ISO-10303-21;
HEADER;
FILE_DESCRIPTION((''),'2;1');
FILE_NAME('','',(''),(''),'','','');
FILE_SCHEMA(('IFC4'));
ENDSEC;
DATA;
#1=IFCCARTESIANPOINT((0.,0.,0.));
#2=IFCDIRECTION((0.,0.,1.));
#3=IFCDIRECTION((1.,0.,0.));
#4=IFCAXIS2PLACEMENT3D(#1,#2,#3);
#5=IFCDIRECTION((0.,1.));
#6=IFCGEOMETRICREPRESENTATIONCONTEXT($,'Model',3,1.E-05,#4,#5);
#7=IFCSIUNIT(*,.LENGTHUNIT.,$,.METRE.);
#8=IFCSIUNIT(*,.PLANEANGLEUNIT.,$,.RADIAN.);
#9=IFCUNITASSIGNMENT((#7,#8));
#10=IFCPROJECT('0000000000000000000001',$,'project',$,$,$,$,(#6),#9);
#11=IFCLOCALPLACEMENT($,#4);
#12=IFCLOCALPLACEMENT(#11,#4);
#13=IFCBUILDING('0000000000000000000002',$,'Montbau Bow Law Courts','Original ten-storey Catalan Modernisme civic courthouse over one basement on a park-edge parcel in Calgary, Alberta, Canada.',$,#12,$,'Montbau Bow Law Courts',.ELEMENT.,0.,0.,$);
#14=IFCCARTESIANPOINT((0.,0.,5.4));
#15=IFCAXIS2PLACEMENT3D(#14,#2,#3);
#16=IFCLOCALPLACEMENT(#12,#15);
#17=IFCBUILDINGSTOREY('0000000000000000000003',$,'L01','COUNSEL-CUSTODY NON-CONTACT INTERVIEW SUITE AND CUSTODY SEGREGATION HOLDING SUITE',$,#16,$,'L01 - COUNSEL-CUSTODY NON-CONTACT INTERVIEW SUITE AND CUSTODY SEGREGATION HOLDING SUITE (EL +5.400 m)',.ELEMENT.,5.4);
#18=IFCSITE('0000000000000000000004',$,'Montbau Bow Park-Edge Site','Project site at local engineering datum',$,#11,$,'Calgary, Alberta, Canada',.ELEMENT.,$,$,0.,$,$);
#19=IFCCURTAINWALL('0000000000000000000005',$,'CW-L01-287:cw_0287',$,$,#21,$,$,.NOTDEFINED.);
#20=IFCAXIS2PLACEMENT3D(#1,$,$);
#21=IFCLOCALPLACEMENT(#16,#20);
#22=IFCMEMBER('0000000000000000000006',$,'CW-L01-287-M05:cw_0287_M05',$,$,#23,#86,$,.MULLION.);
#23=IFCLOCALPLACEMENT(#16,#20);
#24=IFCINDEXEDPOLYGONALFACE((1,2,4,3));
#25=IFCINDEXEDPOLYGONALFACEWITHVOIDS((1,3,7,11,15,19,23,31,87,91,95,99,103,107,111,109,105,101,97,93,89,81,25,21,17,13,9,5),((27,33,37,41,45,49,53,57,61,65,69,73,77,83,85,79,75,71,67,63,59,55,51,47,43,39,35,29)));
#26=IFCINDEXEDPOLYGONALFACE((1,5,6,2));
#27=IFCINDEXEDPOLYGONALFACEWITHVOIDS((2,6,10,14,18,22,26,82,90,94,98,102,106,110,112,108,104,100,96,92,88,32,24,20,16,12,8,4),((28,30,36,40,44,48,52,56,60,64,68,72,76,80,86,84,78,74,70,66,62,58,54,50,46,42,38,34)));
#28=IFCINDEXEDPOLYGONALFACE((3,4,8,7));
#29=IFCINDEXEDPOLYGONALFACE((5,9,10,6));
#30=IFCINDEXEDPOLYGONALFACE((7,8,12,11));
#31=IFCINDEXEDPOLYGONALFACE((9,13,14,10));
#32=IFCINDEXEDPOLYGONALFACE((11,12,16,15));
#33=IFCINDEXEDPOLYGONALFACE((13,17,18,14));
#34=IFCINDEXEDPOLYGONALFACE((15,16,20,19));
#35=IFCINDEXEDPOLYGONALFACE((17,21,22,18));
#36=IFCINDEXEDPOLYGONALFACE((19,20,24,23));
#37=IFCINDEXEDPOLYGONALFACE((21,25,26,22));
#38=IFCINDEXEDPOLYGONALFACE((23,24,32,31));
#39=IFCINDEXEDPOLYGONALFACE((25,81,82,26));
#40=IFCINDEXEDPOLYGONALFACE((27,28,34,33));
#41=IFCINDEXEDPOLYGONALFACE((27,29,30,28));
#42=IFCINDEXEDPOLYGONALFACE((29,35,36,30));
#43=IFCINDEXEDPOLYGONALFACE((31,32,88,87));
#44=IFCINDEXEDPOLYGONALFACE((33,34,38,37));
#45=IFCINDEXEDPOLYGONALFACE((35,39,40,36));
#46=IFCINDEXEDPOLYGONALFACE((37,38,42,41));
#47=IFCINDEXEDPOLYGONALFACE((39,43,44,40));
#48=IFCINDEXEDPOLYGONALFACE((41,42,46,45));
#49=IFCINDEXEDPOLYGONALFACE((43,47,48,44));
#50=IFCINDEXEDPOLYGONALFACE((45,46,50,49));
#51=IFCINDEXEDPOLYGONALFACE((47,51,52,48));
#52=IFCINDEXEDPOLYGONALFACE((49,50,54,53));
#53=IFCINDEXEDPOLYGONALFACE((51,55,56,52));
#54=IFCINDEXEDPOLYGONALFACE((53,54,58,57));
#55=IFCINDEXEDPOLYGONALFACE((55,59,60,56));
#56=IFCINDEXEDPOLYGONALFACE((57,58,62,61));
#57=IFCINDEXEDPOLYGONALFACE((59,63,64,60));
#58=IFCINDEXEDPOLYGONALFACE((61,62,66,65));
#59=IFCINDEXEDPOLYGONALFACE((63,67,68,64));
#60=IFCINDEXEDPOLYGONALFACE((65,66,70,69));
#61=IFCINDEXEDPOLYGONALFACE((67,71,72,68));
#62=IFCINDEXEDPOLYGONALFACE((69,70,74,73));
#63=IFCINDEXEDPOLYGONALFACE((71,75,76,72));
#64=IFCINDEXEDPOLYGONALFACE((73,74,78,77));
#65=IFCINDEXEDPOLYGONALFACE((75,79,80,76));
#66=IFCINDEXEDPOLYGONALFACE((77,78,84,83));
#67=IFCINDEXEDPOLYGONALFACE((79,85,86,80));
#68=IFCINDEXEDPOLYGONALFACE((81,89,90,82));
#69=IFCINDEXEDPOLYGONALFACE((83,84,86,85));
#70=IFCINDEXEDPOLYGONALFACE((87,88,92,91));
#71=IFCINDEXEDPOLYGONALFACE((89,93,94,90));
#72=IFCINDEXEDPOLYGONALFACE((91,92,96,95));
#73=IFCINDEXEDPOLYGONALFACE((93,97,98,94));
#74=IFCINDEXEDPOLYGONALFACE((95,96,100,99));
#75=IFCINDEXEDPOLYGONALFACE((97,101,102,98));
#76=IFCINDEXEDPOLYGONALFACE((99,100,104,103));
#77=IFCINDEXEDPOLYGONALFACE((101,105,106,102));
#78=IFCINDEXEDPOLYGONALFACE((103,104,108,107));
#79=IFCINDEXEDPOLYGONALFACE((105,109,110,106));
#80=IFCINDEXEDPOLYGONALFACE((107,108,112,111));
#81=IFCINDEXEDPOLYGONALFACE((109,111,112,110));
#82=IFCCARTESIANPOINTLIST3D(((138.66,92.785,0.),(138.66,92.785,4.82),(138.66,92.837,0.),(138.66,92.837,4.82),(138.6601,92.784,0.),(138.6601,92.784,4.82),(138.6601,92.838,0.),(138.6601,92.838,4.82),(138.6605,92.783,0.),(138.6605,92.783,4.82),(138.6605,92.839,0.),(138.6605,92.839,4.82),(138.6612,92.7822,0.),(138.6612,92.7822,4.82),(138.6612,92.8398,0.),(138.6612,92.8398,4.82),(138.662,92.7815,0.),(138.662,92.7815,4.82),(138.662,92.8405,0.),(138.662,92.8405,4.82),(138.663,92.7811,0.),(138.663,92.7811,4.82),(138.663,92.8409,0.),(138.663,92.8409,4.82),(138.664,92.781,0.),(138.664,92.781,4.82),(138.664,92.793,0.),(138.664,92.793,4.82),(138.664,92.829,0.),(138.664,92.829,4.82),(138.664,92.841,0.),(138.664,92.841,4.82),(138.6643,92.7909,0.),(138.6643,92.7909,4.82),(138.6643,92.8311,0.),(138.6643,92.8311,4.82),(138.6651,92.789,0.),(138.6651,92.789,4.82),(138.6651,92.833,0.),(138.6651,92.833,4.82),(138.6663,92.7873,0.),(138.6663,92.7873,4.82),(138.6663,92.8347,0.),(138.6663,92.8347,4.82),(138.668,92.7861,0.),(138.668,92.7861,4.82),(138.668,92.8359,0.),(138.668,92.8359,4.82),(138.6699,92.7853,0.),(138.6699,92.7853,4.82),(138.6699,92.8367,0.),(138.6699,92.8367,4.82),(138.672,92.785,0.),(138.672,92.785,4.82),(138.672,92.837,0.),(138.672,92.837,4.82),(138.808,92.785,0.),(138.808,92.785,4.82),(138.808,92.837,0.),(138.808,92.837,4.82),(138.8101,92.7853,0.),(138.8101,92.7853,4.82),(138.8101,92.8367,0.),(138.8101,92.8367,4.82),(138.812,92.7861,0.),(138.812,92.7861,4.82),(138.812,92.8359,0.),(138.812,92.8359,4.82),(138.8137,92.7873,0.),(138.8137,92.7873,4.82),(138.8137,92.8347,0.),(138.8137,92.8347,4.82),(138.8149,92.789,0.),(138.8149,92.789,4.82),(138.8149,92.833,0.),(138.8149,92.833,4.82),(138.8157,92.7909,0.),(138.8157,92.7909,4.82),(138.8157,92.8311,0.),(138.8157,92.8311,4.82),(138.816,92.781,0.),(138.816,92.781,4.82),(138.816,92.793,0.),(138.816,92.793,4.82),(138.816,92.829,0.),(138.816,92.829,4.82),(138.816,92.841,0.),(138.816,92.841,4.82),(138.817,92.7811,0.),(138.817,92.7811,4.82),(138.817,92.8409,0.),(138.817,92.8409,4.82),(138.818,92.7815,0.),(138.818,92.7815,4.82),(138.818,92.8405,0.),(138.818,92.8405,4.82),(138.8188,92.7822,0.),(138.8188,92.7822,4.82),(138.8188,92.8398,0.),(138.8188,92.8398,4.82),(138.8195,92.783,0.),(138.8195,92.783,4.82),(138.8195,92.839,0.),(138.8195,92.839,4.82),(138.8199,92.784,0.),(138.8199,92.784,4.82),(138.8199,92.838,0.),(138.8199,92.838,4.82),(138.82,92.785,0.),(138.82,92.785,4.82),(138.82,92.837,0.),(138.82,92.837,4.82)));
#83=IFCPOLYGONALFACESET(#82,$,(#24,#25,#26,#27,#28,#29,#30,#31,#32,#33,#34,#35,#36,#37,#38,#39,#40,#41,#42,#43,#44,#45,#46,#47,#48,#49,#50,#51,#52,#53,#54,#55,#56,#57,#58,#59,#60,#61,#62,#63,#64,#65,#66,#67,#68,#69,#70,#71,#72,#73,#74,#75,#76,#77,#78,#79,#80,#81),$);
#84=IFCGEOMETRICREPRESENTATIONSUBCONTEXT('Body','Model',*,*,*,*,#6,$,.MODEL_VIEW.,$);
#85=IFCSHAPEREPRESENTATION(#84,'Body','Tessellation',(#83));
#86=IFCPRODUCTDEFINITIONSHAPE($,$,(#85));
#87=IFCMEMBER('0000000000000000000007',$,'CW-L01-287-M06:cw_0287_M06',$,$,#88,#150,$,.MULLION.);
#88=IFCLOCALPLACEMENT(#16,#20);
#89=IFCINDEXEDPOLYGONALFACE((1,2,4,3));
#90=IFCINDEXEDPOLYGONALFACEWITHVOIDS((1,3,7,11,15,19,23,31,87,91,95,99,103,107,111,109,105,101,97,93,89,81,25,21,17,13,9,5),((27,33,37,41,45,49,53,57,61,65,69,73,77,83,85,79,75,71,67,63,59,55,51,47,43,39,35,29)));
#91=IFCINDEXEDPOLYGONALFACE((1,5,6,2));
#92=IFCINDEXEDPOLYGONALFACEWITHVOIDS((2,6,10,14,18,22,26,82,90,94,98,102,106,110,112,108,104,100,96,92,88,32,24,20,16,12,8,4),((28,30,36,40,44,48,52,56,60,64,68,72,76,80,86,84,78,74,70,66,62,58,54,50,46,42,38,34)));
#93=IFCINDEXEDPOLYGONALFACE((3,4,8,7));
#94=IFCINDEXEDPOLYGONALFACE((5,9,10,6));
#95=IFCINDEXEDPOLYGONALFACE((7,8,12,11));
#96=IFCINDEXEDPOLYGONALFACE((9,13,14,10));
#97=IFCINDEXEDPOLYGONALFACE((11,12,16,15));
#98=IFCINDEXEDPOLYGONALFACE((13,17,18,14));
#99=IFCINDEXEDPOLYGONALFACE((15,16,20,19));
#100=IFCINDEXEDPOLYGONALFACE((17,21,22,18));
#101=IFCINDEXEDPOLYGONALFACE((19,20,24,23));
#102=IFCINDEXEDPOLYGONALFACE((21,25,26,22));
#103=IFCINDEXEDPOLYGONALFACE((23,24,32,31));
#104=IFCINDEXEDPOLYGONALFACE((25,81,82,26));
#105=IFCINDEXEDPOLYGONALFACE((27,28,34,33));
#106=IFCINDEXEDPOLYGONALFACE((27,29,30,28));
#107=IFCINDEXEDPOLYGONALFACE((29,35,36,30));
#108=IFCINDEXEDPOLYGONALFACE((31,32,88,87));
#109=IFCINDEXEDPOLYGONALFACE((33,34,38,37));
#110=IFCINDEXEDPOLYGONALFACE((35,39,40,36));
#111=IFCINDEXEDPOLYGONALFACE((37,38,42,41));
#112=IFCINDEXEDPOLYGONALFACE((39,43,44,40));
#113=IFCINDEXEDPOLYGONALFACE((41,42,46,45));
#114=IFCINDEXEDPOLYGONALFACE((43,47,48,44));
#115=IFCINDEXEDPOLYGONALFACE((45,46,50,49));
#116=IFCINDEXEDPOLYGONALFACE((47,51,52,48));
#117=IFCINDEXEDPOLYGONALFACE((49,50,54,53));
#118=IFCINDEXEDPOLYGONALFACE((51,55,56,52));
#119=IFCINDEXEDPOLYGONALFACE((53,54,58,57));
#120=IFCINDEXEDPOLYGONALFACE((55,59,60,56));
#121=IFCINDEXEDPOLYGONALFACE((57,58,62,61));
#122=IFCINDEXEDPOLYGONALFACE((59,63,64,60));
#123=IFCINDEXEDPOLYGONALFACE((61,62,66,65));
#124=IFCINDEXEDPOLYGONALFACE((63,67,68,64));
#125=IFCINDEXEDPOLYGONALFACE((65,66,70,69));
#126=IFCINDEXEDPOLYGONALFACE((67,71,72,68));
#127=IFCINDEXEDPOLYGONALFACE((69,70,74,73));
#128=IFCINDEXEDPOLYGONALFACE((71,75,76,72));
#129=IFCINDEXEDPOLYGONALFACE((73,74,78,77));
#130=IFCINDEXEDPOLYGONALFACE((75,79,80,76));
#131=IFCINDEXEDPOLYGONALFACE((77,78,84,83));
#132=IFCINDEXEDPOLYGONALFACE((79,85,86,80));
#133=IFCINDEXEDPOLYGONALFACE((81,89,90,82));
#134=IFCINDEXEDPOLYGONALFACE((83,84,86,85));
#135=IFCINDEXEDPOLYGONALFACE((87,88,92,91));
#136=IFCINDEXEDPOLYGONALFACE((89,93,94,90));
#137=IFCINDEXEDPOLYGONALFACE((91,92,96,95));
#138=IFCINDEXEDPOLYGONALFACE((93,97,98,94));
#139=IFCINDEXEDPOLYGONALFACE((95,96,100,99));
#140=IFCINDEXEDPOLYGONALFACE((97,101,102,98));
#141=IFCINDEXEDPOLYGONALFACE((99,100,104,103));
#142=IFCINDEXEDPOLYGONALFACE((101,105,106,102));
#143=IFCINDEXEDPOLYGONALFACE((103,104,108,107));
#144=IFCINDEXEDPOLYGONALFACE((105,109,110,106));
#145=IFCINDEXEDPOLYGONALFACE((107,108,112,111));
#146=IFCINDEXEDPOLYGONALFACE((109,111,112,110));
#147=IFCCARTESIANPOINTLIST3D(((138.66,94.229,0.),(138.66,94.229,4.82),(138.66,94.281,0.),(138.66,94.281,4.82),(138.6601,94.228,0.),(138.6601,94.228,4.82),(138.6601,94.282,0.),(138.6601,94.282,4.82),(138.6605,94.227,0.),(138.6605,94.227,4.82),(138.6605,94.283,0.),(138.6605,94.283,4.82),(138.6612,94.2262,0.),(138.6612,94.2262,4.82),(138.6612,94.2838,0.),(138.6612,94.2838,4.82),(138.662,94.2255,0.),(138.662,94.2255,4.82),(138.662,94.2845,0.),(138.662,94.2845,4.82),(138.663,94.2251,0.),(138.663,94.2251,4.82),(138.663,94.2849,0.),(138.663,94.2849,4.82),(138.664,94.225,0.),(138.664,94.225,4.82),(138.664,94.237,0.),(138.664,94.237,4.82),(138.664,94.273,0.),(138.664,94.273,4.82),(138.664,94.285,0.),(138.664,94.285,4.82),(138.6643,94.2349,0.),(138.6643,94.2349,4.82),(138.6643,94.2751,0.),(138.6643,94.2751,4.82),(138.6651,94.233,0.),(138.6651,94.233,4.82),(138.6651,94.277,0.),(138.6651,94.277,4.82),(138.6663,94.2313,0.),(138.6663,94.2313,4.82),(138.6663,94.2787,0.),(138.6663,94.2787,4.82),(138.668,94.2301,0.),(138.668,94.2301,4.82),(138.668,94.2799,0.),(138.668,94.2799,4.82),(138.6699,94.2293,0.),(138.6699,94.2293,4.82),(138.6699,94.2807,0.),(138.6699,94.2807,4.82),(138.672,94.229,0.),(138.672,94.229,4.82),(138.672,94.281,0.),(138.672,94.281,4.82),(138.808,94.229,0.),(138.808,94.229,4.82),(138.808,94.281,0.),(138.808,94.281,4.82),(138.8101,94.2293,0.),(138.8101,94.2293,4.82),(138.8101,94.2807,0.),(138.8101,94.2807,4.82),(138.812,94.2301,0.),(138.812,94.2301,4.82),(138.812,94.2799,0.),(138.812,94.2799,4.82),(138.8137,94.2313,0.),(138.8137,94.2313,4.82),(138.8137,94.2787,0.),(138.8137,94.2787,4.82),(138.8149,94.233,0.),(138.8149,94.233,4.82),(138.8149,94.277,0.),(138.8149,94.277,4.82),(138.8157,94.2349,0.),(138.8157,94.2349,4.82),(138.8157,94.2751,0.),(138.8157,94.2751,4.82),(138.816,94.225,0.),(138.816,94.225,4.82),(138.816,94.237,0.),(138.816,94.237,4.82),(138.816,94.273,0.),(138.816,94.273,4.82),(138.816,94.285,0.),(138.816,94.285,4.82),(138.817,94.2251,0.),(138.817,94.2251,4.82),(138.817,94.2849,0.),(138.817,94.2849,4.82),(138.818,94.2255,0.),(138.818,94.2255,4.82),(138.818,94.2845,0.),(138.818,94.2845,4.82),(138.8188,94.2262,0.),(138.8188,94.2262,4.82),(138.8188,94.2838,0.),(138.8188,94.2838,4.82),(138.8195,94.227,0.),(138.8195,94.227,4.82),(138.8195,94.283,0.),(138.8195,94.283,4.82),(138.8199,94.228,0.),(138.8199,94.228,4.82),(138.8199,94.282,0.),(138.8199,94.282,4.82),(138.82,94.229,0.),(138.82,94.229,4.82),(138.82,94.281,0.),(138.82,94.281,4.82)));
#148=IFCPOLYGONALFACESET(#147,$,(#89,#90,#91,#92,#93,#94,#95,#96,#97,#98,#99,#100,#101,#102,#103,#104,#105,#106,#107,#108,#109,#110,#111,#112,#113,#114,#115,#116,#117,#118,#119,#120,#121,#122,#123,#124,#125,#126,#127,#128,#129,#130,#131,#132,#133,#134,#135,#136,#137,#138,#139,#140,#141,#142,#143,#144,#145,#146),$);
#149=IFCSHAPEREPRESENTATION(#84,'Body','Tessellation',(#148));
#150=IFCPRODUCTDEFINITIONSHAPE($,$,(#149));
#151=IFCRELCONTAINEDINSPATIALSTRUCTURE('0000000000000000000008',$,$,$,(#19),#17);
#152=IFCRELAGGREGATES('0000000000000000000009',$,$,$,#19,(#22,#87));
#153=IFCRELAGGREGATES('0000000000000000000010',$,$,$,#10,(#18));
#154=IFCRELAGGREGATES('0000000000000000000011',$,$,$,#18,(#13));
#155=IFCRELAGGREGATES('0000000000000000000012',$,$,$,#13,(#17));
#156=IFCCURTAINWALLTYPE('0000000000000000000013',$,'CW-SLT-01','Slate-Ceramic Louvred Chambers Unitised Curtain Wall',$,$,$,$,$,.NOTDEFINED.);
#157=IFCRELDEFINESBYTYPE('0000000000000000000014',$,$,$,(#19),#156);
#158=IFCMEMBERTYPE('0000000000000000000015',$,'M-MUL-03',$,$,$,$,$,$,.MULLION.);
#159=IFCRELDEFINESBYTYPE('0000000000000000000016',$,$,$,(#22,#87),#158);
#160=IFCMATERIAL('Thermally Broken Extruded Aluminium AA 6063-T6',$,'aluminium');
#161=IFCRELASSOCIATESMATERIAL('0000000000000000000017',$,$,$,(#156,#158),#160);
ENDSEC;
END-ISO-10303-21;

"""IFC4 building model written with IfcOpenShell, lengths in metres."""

from ifc_helpers import new_model, si_unit, direction, frame, origin_with_axes, origin_2d_with_axis, place, context, subcontext, project, spatial, hollow_rectangle, extrude, material, material_profile, profile_set, type_object, element, aggregate, save


model = new_model("IFC4")

# Units and contexts
model_context = context("Model", 3, precision=1e-05, world=origin_with_axes(), true_north=direction((0.0, 1.0)))
body_context = subcontext(model_context, "Body", "Model", "MODEL_VIEW")
ifc_project = project(units=[si_unit("LENGTHUNIT", "METRE"), si_unit("PLANEANGLEUNIT", "RADIAN")], contexts=[model_context])

# Site, building, storey
site_placement = place(None, origin_with_axes())
site = spatial("IfcSite", under=ifc_project, at=site_placement, Name="Montbau Bow Park-Edge Site", Description="Project site at local engineering datum", LongName="Calgary, Alberta, Canada", CompositionType="ELEMENT", RefElevation=0.0)
building_placement = place(site_placement, origin_with_axes())
building = spatial("IfcBuilding", under=site, at=building_placement, Name="Montbau Bow Law Courts", Description="Original ten-storey Catalan Modernisme civic courthouse over one basement on a park-edge parcel in Calgary, Alberta, Canada.", LongName="Montbau Bow Law Courts", CompositionType="ELEMENT", ElevationOfRefHeight=0.0, ElevationOfTerrain=0.0)
storey_placement = place(building_placement, frame((0.0, 0.0, 5.4), z_axis=(0.0, 0.0, 1.0), x_axis=(1.0, 0.0, 0.0)))
storey = spatial("IfcBuildingStorey", under=building, at=storey_placement, Name="L01", Description="COUNSEL-CUSTODY NON-CONTACT INTERVIEW SUITE AND CUSTODY SEGREGATION HOLDING SUITE", LongName="L01 - COUNSEL-CUSTODY NON-CONTACT INTERVIEW SUITE AND CUSTODY SEGREGATION HOLDING SUITE (EL +5.400 m)", CompositionType="ELEMENT", Elevation=5.4)

# Curtain wall, members
ifc_material_1 = material(Name="Thermally Broken Extruded Aluminium AA 6063-T6", Category="aluminium")
curtain_wall_type = type_object("IfcCurtainWallType", Name="CW-SLT-01", Description="Slate-Ceramic Louvred Chambers Unitised Curtain Wall", PredefinedType="NOTDEFINED", material=ifc_material_1)
curtain_wall_1_placement = place(None, frame((138.74, 86.915, 5.4), z_axis=(0.0, 0.0, 1.0), x_axis=(1.0, 0.0, 0.0)))
curtain_wall_1 = element("IfcCurtainWall", 1, at=curtain_wall_1_placement, inside=storey, type_object=curtain_wall_type, Name="CW-L01-287:cw_0287", PredefinedType="NOTDEFINED")
ifc_material_profile_1 = material_profile(ifc_material_1, hollow_rectangle(XDim=0.06, YDim=0.16, WallThickness=0.004, InnerFilletRadius=0.008, OuterFilletRadius=0.004, at=origin_2d_with_axis()), Name="CWM-160X60", Category="Main", Priority=0)
ifc_profile_set_1 = profile_set([ifc_material_profile_1], Name="Thermally Broken Extruded Aluminium AA 6063-T6")
member_type_1 = type_object("IfcMemberType", Name="M-MUL-03", PredefinedType="MULLION", material=ifc_profile_set_1)
member_1_placement = place(None, frame((138.74, 92.811, 5.4), z_axis=(0.0, 0.0, 1.0), x_axis=(0.0, 1.0, 0.0)))
member_1 = element("IfcMember", 2, at=member_1_placement, type_object=member_type_1, Name="CW-L01-287-M05:cw_0287_M05", PredefinedType="MULLION", context=body_context, shape_type="SweptSolid", body=[
    extrude(hollow_rectangle(XDim=0.06, YDim=0.16, WallThickness=0.004, InnerFilletRadius=0.008, OuterFilletRadius=0.004, at=origin_2d_with_axis()), origin_with_axes(), (0.0, 0.0, 1.0), 4.82),
])
member_2_placement = place(None, frame((138.74, 94.255, 5.4), z_axis=(0.0, 0.0, 1.0), x_axis=(0.0, 1.0, 0.0)))
member_2 = element("IfcMember", 3, at=member_2_placement, type_object=member_type_1, Name="CW-L01-287-M06:cw_0287_M06", PredefinedType="MULLION", context=body_context, shape_type="SweptSolid", body=[
    extrude(hollow_rectangle(XDim=0.06, YDim=0.16, WallThickness=0.004, InnerFilletRadius=0.008, OuterFilletRadius=0.004, at=origin_2d_with_axis()), origin_with_axes(), (0.0, 0.0, 1.0), 4.82),
])

aggregate(curtain_wall_1, [member_1, member_2])

save(model, "model.ifc")
